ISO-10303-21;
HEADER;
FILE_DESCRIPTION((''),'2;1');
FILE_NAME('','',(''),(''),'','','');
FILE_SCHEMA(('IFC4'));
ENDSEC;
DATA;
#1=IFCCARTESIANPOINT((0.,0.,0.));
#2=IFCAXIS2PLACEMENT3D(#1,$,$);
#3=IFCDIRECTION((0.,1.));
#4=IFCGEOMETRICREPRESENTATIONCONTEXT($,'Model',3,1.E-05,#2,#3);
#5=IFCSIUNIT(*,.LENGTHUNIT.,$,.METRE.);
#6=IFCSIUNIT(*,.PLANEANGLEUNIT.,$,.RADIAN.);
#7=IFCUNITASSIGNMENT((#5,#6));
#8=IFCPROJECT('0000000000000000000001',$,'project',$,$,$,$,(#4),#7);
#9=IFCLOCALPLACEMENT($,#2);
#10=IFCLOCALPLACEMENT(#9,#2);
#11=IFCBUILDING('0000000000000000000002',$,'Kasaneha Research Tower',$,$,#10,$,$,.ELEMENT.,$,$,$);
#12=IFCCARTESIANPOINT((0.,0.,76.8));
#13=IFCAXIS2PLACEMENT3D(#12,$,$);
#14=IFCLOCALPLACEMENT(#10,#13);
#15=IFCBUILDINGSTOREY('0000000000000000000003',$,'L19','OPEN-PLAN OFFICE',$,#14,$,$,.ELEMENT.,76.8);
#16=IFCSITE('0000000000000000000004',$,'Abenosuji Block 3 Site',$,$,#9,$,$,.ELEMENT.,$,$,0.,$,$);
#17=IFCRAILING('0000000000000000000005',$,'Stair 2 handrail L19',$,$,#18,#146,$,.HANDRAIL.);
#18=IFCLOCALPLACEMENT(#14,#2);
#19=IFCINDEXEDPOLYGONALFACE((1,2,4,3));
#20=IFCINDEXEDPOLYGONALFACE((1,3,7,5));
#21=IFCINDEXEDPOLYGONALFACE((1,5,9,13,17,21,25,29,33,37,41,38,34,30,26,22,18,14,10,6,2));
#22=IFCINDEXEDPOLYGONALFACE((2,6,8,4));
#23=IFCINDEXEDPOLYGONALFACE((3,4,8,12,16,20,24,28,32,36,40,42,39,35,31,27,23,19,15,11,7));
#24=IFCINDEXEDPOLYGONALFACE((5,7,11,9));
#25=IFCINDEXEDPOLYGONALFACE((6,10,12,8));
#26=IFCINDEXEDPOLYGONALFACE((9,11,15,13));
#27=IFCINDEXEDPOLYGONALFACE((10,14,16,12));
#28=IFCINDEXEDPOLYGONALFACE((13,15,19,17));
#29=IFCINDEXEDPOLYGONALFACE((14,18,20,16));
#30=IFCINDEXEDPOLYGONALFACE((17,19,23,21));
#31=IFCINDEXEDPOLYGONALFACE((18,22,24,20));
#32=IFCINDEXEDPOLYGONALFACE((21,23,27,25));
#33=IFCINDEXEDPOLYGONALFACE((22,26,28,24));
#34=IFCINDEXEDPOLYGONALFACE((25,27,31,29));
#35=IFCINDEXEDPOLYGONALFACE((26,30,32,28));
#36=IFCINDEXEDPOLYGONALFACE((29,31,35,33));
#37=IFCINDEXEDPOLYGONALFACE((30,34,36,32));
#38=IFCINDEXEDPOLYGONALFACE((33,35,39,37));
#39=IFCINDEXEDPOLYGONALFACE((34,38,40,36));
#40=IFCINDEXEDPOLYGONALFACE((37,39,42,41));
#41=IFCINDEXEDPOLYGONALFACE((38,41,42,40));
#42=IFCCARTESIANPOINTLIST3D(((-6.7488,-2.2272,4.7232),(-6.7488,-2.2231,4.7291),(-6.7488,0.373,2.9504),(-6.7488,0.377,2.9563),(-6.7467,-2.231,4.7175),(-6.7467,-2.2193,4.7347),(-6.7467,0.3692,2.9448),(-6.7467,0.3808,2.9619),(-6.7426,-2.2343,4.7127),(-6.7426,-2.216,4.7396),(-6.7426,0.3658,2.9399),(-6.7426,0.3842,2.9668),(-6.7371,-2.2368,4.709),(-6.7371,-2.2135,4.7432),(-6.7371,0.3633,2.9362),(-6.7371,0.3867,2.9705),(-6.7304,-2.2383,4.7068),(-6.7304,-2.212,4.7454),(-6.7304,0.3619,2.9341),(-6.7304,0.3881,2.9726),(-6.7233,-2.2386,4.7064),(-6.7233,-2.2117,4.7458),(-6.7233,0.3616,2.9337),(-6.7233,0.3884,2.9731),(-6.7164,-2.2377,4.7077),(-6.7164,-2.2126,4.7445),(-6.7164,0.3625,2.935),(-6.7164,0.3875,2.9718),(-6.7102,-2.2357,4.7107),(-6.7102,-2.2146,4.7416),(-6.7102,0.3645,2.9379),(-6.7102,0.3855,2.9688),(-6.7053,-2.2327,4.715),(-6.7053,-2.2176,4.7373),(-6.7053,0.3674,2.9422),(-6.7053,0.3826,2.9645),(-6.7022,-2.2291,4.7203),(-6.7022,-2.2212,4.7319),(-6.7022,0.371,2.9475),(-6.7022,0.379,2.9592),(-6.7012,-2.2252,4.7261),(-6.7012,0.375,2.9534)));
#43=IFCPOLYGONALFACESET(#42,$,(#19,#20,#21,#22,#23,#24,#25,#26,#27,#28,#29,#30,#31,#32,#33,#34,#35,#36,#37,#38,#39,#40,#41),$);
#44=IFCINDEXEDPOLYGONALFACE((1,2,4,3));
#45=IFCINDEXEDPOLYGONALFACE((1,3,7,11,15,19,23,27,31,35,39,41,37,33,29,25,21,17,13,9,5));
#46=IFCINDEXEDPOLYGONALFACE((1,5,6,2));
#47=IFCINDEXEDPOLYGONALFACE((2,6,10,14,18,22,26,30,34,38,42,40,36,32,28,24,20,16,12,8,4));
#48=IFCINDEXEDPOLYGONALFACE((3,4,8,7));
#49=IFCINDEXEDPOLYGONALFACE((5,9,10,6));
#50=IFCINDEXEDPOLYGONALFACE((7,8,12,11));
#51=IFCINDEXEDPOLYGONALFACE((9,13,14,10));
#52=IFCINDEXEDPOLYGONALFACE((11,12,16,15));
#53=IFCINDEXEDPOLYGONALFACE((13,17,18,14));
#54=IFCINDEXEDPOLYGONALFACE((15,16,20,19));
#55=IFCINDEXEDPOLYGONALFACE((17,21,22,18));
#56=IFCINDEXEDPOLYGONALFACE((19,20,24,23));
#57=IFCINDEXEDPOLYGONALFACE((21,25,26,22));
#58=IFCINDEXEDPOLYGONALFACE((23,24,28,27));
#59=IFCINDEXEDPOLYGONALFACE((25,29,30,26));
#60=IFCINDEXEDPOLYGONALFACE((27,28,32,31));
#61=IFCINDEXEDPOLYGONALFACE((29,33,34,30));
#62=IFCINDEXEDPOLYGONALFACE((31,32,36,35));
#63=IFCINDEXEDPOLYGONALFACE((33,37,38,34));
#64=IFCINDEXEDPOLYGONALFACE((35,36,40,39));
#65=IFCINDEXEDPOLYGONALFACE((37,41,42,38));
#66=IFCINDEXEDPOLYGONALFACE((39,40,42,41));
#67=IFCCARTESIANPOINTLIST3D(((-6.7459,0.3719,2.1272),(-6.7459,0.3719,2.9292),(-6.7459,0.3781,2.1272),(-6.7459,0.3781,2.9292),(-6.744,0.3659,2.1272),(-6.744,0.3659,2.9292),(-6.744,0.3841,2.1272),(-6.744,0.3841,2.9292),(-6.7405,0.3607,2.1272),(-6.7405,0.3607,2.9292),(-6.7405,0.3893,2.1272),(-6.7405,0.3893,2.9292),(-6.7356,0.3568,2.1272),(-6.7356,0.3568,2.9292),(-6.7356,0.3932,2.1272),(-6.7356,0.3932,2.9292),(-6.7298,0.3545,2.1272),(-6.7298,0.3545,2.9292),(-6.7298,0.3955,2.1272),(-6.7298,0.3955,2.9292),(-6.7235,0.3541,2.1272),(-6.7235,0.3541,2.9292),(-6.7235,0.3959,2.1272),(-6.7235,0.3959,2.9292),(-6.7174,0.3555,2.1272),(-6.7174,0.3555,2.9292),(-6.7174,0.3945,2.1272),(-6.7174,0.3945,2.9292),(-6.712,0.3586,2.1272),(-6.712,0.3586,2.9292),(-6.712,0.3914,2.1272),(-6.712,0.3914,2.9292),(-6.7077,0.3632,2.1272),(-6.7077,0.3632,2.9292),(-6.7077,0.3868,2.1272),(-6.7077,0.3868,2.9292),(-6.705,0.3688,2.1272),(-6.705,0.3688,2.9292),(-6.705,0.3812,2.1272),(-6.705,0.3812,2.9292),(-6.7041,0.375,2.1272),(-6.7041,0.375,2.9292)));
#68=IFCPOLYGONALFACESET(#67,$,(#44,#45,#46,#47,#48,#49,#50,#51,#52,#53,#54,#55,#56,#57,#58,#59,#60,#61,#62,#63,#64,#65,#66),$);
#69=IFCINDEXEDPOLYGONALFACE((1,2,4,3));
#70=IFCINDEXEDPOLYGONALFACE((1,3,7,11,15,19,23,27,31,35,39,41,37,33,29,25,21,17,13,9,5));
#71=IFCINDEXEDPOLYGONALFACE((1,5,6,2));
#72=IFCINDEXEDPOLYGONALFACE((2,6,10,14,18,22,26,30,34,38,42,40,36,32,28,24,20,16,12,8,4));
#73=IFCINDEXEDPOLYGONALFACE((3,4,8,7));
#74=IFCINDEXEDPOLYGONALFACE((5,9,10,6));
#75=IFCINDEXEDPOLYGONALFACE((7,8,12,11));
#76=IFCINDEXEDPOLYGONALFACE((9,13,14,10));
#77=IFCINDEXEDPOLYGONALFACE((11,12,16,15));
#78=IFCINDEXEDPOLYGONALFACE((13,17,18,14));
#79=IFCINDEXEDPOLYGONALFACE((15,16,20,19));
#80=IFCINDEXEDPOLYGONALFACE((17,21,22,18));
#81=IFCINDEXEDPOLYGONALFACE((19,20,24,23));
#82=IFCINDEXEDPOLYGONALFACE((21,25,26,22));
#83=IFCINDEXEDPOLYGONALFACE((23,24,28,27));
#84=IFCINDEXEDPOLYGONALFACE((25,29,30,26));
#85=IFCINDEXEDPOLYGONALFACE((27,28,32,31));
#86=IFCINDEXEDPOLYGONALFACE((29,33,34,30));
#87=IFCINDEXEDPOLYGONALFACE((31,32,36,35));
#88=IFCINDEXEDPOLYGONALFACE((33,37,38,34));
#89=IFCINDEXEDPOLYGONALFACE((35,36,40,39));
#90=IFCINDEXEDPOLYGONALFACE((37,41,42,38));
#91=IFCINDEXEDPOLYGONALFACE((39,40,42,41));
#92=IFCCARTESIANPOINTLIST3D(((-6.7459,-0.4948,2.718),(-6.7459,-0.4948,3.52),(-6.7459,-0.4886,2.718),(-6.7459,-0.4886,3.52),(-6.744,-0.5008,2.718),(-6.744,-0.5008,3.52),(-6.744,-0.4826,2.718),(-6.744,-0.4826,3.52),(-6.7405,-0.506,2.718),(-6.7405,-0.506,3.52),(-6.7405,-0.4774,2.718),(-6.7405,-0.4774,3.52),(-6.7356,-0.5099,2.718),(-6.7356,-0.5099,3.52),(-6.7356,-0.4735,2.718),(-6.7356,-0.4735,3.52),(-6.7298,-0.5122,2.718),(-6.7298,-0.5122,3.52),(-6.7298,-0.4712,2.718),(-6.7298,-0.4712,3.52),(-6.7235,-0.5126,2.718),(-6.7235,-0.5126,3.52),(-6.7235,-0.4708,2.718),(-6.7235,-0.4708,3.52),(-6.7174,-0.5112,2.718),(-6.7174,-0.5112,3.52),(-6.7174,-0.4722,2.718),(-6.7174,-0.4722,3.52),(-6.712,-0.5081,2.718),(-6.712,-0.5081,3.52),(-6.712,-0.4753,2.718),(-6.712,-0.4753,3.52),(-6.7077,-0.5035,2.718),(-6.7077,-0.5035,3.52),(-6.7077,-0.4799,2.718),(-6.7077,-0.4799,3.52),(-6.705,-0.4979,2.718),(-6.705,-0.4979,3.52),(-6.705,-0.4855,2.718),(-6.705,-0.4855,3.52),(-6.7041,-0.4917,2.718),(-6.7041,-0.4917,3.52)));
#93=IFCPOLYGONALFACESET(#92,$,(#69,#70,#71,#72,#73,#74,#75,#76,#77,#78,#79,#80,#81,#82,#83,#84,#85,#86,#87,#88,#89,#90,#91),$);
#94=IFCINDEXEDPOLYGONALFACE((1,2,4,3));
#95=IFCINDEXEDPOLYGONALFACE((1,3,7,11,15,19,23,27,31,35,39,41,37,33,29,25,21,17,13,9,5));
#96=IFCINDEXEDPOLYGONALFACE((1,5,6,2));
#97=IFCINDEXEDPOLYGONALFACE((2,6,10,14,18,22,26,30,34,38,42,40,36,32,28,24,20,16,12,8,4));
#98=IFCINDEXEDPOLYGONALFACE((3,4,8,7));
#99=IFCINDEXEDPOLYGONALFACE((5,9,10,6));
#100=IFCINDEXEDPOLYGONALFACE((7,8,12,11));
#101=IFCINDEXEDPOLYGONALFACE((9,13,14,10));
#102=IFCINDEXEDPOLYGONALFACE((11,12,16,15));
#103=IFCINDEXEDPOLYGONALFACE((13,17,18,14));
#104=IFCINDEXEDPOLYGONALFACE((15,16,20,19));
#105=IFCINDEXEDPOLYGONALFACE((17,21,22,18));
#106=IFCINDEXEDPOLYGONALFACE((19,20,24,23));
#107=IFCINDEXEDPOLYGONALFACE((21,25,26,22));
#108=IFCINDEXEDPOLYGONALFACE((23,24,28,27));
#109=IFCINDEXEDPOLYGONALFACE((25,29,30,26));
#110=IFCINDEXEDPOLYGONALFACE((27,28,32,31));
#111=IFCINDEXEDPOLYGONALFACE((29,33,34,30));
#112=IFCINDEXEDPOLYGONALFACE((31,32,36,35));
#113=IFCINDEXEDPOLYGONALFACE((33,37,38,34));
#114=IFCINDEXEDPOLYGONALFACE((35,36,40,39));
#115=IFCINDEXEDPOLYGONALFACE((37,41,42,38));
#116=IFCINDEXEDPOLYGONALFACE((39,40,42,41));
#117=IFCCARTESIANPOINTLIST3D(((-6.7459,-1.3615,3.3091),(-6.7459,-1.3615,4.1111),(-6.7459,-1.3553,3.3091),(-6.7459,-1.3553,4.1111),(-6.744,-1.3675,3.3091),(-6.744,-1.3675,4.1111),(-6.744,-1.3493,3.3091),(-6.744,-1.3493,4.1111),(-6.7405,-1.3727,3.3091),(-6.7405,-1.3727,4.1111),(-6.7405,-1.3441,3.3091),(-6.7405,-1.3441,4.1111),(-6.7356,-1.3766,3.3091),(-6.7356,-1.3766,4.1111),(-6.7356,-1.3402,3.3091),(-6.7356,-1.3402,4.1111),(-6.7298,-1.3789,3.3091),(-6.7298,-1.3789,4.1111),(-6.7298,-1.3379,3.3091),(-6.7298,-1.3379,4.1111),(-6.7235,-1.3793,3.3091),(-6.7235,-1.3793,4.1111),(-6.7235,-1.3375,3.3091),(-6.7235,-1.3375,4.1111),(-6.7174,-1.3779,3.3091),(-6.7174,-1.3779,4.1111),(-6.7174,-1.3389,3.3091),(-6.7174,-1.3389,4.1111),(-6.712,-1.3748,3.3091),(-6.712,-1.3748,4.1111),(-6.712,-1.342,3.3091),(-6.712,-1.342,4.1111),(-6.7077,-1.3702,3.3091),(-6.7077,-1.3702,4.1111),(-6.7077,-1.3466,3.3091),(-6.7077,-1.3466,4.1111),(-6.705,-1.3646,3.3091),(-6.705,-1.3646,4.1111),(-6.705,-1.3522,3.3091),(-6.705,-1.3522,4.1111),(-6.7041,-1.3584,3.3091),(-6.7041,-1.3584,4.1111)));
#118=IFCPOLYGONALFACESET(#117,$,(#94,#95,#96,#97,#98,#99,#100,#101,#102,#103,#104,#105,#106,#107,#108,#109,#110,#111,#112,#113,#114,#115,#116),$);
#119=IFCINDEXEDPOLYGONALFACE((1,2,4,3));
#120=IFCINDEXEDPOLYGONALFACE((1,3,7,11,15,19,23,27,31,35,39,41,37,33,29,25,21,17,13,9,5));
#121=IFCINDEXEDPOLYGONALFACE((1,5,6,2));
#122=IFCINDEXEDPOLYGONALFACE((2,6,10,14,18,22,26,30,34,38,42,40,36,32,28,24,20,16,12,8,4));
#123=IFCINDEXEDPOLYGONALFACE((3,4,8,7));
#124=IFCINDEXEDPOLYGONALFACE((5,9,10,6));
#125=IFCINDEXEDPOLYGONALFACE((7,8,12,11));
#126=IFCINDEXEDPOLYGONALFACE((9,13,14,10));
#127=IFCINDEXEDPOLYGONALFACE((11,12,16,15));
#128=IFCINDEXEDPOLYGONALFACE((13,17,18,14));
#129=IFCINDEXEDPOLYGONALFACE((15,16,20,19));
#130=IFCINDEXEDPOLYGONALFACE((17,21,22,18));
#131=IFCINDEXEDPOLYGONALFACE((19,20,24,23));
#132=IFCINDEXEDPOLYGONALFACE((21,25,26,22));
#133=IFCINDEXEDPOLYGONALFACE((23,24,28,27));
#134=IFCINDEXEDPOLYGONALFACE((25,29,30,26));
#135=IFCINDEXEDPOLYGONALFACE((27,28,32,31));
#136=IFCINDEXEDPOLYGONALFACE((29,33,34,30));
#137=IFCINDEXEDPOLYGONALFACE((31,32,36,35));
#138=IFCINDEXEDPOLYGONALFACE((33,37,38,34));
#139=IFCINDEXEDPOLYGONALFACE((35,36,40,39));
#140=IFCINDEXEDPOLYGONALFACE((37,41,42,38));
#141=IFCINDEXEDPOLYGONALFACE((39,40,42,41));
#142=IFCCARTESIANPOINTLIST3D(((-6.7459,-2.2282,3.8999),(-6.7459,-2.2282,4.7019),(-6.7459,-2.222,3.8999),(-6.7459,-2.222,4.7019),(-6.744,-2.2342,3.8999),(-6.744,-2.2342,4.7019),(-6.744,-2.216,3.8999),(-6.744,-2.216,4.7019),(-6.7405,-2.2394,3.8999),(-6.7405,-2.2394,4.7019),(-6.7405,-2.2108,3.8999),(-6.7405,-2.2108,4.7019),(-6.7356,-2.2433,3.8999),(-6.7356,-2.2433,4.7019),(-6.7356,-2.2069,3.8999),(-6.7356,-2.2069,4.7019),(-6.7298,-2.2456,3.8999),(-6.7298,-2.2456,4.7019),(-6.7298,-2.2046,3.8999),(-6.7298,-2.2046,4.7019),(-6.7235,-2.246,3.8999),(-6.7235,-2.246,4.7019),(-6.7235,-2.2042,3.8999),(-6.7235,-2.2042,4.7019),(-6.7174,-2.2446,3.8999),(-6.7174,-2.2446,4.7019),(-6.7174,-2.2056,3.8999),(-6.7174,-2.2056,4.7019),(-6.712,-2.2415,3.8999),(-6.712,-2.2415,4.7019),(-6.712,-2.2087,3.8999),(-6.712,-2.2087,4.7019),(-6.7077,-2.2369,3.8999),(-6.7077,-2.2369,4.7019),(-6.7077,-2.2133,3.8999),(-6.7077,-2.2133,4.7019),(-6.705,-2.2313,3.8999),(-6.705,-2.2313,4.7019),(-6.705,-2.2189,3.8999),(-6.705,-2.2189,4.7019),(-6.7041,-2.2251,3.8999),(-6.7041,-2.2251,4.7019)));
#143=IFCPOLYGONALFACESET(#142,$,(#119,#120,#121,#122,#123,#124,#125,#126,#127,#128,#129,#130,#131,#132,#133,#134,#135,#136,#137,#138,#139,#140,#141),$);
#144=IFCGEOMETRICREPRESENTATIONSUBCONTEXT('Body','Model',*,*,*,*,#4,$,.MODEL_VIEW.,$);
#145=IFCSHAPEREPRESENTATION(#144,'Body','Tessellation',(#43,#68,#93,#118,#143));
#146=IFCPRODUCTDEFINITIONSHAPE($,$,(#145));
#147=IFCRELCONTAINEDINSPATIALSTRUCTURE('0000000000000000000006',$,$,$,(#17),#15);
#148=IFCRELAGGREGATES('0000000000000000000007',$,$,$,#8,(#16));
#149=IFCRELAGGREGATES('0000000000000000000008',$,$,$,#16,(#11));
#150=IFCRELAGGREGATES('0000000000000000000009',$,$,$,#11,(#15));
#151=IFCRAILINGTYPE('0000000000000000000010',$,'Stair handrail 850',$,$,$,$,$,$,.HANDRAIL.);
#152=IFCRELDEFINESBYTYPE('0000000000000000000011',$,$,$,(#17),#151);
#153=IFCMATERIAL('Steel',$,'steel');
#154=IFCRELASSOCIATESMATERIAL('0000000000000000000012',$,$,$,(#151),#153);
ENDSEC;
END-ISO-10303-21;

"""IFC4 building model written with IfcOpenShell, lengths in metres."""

from ifc_helpers import new_model, si_unit, direction, frame, origin, origin_2d, place, context, subcontext, project, spatial, circle, extrude, material, type_object, element, save


model = new_model("IFC4")

# Units and contexts
model_context = context("Model", 3, precision=1e-05, world=origin(), true_north=direction((0.0, 1.0)))
body_context = subcontext(model_context, "Body", "Model", "MODEL_VIEW")
ifc_project = project(units=[si_unit("LENGTHUNIT", "METRE"), si_unit("PLANEANGLEUNIT", "RADIAN")], contexts=[model_context])

# Site, building, storey
site_placement = place(None, origin())
site = spatial("IfcSite", under=ifc_project, at=site_placement, Name="Abenosuji Block 3 Site", CompositionType="ELEMENT", RefElevation=0.0)
building_placement = place(site_placement, origin())
building = spatial("IfcBuilding", under=site, at=building_placement, Name="Kasaneha Research Tower", CompositionType="ELEMENT")
storey_placement = place(building_placement, frame((0.0, 0.0, 76.8)))
storey = spatial("IfcBuildingStorey", under=building, at=storey_placement, Name="L19", Description="OPEN-PLAN OFFICE", CompositionType="ELEMENT", Elevation=76.8)

# Railing
ifc_material_1 = material(Name="Steel", Category="steel")
railing_type_1 = type_object("IfcRailingType", Name="Stair handrail 850", PredefinedType="HANDRAIL", material=ifc_material_1)
railing_1_placement = place(storey_placement, frame((-6.7251, 0.375, 2.1272)))
element("IfcRailing", 1, at=railing_1_placement, inside=storey, type_object=railing_type_1, Name="Stair 2 handrail L19", PredefinedType="HANDRAIL", context=body_context, shape_type="SweptSolid", body=[
    extrude(circle(Radius=0.0239, at=origin_2d()), frame((0.0, 0.0, 0.8262), z_axis=(0.0, -0.82624, 0.563318), x_axis=(1.0, 0.0, 0.0)), (0.0, 0.0, 1.0), 3.147),
    extrude(circle(Radius=0.021, at=origin_2d()), origin(), (0.0, 0.0, 1.0), 0.802),
    extrude(circle(Radius=0.021, at=origin_2d()), frame((0.0, -0.8667, 0.5908)), (0.0, 0.0, 1.0), 0.802),
    extrude(circle(Radius=0.021, at=origin_2d()), frame((0.0, -1.7334, 1.1819)), (0.0, 0.0, 1.0), 0.802),
    extrude(circle(Radius=0.021, at=origin_2d()), frame((0.0, -2.6001, 1.7727)), (0.0, 0.0, 1.0), 0.802),
])

save(model, "model.ifc")
